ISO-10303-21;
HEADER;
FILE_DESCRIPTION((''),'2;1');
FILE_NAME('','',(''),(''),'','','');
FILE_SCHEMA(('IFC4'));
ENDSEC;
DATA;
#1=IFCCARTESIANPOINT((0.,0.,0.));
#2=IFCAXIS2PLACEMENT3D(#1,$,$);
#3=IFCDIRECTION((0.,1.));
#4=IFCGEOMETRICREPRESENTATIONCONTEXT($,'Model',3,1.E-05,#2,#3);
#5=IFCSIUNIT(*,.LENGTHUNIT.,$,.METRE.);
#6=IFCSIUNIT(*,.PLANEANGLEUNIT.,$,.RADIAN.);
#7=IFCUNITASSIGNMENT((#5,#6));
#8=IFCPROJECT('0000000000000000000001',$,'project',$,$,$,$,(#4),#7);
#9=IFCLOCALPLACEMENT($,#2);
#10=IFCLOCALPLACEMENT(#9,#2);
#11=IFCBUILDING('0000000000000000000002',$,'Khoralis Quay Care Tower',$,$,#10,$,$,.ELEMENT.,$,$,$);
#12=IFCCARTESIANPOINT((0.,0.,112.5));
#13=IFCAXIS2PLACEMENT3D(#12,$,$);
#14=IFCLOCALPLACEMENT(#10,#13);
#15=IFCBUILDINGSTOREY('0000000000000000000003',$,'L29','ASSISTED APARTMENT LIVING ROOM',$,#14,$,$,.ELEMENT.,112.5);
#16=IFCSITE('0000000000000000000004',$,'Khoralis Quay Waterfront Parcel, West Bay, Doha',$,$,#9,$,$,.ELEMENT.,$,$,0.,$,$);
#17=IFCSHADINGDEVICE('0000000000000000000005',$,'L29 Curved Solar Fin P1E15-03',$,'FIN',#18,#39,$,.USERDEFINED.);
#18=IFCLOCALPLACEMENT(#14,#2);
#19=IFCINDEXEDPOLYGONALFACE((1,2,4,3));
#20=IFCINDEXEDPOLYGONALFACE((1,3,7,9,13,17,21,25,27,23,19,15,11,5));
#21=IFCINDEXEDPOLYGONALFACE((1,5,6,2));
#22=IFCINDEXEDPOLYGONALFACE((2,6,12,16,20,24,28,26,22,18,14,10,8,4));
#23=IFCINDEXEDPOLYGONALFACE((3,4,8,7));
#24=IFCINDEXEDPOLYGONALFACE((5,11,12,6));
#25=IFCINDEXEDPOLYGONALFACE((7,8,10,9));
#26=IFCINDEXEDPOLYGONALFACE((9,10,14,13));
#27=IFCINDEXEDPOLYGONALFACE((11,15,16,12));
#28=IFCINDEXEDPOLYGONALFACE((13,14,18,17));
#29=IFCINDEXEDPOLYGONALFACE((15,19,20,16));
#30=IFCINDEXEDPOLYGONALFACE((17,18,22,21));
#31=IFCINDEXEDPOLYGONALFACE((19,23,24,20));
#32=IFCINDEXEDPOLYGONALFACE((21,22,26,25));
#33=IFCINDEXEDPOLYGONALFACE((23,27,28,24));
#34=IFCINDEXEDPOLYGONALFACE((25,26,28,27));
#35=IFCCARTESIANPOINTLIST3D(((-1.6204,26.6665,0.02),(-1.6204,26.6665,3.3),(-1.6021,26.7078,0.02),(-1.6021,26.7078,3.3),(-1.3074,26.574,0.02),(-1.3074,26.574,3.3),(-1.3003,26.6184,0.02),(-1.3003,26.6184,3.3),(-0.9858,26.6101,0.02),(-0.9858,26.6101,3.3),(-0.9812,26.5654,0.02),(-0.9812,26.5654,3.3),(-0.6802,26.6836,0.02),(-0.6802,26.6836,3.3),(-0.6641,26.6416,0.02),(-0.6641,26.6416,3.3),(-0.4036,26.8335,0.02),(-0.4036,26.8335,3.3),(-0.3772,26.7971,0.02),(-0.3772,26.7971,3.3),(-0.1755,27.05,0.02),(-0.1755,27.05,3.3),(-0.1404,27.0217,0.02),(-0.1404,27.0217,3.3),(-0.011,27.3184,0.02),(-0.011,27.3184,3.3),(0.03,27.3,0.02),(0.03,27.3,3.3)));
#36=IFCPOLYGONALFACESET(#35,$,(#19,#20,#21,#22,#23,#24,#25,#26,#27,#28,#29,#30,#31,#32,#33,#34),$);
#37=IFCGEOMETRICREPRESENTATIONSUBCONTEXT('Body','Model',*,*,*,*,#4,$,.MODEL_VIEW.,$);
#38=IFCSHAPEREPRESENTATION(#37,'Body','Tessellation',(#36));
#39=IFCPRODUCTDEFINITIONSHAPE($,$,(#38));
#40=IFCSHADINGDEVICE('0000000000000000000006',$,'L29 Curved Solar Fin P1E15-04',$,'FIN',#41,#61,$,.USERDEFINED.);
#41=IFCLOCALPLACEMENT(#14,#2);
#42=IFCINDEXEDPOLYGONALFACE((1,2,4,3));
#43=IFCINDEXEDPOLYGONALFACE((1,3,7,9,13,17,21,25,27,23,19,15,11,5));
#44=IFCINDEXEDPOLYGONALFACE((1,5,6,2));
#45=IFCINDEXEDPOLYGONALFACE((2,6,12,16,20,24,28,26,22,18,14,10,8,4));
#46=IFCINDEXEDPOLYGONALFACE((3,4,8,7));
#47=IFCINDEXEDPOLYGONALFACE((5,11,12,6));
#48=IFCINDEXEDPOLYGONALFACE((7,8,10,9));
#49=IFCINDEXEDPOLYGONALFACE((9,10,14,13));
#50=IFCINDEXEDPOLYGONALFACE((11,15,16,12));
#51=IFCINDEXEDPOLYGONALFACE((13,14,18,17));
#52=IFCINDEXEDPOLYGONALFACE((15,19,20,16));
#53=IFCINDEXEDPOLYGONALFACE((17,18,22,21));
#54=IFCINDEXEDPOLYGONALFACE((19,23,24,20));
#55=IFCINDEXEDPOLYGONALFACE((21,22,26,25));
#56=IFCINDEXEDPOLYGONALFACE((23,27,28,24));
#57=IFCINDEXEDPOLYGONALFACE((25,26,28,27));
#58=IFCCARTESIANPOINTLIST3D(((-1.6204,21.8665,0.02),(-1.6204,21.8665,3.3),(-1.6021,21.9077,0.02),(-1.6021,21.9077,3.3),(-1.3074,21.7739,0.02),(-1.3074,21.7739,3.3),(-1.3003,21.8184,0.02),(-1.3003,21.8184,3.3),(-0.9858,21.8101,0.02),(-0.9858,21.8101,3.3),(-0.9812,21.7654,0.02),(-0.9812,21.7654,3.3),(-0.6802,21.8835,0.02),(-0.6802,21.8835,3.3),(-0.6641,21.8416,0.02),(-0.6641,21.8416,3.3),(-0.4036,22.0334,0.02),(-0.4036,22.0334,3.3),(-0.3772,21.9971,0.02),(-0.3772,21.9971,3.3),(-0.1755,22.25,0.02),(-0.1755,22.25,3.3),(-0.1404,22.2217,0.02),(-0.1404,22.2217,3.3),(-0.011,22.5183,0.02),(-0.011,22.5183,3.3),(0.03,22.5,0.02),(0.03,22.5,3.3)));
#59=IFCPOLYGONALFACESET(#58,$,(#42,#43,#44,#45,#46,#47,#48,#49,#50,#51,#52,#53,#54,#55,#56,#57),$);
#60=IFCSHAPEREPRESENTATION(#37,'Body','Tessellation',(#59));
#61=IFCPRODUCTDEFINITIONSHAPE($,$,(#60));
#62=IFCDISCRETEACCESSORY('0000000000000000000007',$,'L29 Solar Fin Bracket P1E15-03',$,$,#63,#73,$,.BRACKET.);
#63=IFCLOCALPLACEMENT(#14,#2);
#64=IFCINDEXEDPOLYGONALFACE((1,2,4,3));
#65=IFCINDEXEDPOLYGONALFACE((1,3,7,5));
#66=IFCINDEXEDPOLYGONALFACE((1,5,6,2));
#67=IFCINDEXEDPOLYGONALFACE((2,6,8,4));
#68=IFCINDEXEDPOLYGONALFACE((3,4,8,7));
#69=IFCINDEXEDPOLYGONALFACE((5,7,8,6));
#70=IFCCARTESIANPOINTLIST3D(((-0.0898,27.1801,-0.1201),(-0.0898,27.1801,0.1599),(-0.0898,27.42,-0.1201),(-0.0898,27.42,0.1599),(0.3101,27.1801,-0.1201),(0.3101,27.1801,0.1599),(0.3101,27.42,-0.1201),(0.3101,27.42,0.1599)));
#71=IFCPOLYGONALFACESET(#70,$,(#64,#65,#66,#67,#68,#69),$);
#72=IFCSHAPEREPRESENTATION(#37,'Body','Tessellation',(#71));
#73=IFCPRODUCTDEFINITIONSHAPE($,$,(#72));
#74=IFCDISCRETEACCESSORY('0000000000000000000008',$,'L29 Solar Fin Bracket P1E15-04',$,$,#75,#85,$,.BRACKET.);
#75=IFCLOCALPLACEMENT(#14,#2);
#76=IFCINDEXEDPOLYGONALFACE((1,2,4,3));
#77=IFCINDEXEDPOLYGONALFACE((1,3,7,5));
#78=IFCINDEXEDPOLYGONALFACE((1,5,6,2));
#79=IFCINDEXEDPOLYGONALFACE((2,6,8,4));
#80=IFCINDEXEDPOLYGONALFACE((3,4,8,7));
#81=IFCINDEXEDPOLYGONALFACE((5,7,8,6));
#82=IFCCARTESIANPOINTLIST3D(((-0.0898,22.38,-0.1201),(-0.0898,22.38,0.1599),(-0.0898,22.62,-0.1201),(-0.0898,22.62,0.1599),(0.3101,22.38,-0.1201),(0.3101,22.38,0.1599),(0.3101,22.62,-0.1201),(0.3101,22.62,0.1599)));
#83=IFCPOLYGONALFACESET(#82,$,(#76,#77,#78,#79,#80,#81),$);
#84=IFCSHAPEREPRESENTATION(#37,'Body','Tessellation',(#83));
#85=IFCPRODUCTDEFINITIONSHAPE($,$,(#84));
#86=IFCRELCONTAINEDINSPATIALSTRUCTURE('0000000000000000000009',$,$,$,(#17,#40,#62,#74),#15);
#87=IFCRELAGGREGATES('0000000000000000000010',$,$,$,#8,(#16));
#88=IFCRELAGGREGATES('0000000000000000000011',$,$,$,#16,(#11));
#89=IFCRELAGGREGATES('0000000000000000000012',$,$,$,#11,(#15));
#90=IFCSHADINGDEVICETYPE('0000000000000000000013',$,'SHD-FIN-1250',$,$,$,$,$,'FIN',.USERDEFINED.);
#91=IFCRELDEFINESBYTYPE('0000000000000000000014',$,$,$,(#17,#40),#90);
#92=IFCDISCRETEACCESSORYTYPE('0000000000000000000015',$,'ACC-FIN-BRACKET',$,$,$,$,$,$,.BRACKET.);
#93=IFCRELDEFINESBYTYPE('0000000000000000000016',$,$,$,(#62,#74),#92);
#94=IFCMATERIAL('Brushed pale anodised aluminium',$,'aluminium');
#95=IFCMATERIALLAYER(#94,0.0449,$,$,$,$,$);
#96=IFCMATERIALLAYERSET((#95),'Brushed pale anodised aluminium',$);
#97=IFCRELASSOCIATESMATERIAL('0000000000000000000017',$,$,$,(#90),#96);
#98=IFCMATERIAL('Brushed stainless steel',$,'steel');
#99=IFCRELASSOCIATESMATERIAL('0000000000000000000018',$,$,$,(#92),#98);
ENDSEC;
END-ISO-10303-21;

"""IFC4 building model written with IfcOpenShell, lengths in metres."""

from ifc_helpers import new_model, si_unit, direction, frame, origin, origin_2d, place, context, subcontext, project, spatial, polyline, rectangle, outline, extrude, source, transform, mapped, material, layer, layer_set, type_object, element, save


model = new_model("IFC4")

# Units and contexts
model_context = context("Model", 3, precision=1e-05, world=origin(), true_north=direction((0.0, 1.0)))
body_context = subcontext(model_context, "Body", "Model", "MODEL_VIEW")
ifc_project = project(units=[si_unit("LENGTHUNIT", "METRE"), si_unit("PLANEANGLEUNIT", "RADIAN")], contexts=[model_context])

# Site, building, storey
site_placement = place(None, origin())
site = spatial("IfcSite", under=ifc_project, at=site_placement, Name="Khoralis Quay Waterfront Parcel, West Bay, Doha", CompositionType="ELEMENT", RefElevation=0.0)
building_placement = place(site_placement, origin())
building = spatial("IfcBuilding", under=site, at=building_placement, Name="Khoralis Quay Care Tower", CompositionType="ELEMENT")
storey_placement = place(building_placement, frame((0.0, 0.0, 112.5)))
storey = spatial("IfcBuildingStorey", under=building, at=storey_placement, Name="L29", Description="ASSISTED APARTMENT LIVING ROOM", CompositionType="ELEMENT", Elevation=112.5)

# Shading devices
ifc_material_1 = material(Name="Brushed pale anodised aluminium", Category="aluminium")
ifc_layer_1 = layer(ifc_material_1, 0.0449)
ifc_layer_set_1 = layer_set([ifc_layer_1], Name="Brushed pale anodised aluminium")
shading_device_type = type_object("IfcShadingDeviceType", Name="SHD-FIN-1250", ElementType="FIN", PredefinedType="USERDEFINED", material=ifc_layer_set_1)
shared_shape_1 = source(origin(), body_context, "Body", "SweptSolid", [
    extrude(outline(polyline([(0.0, 0.0), (0.1704, 0.2783), (0.4072, 0.5029), (0.6941, 0.6584), (1.0112, 0.7346), (1.3374, 0.7261), (1.6504, 0.6335), (1.6321, 0.5923), (1.3303, 0.6816), (1.0159, 0.6899), (0.7102, 0.6165), (0.4336, 0.4666), (0.2056, 0.25), (0.041, -0.0183), (0.0, 0.0)])), origin(), (0.0, 0.0, 1.0), 3.28),
])
for number, where, z_axis, x_axis, name in (
    (1, (0.03, 27.3, 0.02), (0.0, 0.0, 1.0), (-1.0, 0.0, 0.0), "L29 Curved Solar Fin P1E15-03"),
    (2, (0.03, 22.5, 0.02), (0.0, 0.0, 1.0), (-1.0, 0.0, 0.0), "L29 Curved Solar Fin P1E15-04"),
):
    element("IfcShadingDevice", number, at=place(storey_placement, frame(where, z_axis=z_axis, x_axis=x_axis)), inside=storey, type_object=shading_device_type, Name=name, ObjectType="FIN", PredefinedType="USERDEFINED", context=body_context, shape_type="MappedRepresentation", body=[
        mapped(shared_shape_1, transform((0.0, 0.0, 0.0), scale=1.0)),
    ])

# Discrete accessories
ifc_material_2 = material(Name="Brushed stainless steel", Category="steel")
discrete_accessory_type = type_object("IfcDiscreteAccessoryType", Name="ACC-FIN-BRACKET", PredefinedType="BRACKET", material=ifc_material_2)
shared_shape_2 = source(origin(), body_context, "Body", "SweptSolid", [
    extrude(rectangle(XDim=0.3999, YDim=0.24, at=origin_2d()), origin(), (0.0, 0.0, 1.0), 0.28),
])
for number, where, z_axis, x_axis, name in (
    (3, (0.1101, 27.3, -0.1201), (0.0, 0.0, 1.0), (-1.0, 0.0, 0.0), "L29 Solar Fin Bracket P1E15-03"),
    (4, (0.1101, 22.5, -0.1201), (0.0, 0.0, 1.0), (-1.0, 0.0, 0.0), "L29 Solar Fin Bracket P1E15-04"),
):
    element("IfcDiscreteAccessory", number, at=place(storey_placement, frame(where, z_axis=z_axis, x_axis=x_axis)), inside=storey, type_object=discrete_accessory_type, Name=name, PredefinedType="BRACKET", context=body_context, shape_type="MappedRepresentation", body=[
        mapped(shared_shape_2, transform((0.0, 0.0, 0.0), scale=1.0)),
    ])

save(model, "model.ifc")
